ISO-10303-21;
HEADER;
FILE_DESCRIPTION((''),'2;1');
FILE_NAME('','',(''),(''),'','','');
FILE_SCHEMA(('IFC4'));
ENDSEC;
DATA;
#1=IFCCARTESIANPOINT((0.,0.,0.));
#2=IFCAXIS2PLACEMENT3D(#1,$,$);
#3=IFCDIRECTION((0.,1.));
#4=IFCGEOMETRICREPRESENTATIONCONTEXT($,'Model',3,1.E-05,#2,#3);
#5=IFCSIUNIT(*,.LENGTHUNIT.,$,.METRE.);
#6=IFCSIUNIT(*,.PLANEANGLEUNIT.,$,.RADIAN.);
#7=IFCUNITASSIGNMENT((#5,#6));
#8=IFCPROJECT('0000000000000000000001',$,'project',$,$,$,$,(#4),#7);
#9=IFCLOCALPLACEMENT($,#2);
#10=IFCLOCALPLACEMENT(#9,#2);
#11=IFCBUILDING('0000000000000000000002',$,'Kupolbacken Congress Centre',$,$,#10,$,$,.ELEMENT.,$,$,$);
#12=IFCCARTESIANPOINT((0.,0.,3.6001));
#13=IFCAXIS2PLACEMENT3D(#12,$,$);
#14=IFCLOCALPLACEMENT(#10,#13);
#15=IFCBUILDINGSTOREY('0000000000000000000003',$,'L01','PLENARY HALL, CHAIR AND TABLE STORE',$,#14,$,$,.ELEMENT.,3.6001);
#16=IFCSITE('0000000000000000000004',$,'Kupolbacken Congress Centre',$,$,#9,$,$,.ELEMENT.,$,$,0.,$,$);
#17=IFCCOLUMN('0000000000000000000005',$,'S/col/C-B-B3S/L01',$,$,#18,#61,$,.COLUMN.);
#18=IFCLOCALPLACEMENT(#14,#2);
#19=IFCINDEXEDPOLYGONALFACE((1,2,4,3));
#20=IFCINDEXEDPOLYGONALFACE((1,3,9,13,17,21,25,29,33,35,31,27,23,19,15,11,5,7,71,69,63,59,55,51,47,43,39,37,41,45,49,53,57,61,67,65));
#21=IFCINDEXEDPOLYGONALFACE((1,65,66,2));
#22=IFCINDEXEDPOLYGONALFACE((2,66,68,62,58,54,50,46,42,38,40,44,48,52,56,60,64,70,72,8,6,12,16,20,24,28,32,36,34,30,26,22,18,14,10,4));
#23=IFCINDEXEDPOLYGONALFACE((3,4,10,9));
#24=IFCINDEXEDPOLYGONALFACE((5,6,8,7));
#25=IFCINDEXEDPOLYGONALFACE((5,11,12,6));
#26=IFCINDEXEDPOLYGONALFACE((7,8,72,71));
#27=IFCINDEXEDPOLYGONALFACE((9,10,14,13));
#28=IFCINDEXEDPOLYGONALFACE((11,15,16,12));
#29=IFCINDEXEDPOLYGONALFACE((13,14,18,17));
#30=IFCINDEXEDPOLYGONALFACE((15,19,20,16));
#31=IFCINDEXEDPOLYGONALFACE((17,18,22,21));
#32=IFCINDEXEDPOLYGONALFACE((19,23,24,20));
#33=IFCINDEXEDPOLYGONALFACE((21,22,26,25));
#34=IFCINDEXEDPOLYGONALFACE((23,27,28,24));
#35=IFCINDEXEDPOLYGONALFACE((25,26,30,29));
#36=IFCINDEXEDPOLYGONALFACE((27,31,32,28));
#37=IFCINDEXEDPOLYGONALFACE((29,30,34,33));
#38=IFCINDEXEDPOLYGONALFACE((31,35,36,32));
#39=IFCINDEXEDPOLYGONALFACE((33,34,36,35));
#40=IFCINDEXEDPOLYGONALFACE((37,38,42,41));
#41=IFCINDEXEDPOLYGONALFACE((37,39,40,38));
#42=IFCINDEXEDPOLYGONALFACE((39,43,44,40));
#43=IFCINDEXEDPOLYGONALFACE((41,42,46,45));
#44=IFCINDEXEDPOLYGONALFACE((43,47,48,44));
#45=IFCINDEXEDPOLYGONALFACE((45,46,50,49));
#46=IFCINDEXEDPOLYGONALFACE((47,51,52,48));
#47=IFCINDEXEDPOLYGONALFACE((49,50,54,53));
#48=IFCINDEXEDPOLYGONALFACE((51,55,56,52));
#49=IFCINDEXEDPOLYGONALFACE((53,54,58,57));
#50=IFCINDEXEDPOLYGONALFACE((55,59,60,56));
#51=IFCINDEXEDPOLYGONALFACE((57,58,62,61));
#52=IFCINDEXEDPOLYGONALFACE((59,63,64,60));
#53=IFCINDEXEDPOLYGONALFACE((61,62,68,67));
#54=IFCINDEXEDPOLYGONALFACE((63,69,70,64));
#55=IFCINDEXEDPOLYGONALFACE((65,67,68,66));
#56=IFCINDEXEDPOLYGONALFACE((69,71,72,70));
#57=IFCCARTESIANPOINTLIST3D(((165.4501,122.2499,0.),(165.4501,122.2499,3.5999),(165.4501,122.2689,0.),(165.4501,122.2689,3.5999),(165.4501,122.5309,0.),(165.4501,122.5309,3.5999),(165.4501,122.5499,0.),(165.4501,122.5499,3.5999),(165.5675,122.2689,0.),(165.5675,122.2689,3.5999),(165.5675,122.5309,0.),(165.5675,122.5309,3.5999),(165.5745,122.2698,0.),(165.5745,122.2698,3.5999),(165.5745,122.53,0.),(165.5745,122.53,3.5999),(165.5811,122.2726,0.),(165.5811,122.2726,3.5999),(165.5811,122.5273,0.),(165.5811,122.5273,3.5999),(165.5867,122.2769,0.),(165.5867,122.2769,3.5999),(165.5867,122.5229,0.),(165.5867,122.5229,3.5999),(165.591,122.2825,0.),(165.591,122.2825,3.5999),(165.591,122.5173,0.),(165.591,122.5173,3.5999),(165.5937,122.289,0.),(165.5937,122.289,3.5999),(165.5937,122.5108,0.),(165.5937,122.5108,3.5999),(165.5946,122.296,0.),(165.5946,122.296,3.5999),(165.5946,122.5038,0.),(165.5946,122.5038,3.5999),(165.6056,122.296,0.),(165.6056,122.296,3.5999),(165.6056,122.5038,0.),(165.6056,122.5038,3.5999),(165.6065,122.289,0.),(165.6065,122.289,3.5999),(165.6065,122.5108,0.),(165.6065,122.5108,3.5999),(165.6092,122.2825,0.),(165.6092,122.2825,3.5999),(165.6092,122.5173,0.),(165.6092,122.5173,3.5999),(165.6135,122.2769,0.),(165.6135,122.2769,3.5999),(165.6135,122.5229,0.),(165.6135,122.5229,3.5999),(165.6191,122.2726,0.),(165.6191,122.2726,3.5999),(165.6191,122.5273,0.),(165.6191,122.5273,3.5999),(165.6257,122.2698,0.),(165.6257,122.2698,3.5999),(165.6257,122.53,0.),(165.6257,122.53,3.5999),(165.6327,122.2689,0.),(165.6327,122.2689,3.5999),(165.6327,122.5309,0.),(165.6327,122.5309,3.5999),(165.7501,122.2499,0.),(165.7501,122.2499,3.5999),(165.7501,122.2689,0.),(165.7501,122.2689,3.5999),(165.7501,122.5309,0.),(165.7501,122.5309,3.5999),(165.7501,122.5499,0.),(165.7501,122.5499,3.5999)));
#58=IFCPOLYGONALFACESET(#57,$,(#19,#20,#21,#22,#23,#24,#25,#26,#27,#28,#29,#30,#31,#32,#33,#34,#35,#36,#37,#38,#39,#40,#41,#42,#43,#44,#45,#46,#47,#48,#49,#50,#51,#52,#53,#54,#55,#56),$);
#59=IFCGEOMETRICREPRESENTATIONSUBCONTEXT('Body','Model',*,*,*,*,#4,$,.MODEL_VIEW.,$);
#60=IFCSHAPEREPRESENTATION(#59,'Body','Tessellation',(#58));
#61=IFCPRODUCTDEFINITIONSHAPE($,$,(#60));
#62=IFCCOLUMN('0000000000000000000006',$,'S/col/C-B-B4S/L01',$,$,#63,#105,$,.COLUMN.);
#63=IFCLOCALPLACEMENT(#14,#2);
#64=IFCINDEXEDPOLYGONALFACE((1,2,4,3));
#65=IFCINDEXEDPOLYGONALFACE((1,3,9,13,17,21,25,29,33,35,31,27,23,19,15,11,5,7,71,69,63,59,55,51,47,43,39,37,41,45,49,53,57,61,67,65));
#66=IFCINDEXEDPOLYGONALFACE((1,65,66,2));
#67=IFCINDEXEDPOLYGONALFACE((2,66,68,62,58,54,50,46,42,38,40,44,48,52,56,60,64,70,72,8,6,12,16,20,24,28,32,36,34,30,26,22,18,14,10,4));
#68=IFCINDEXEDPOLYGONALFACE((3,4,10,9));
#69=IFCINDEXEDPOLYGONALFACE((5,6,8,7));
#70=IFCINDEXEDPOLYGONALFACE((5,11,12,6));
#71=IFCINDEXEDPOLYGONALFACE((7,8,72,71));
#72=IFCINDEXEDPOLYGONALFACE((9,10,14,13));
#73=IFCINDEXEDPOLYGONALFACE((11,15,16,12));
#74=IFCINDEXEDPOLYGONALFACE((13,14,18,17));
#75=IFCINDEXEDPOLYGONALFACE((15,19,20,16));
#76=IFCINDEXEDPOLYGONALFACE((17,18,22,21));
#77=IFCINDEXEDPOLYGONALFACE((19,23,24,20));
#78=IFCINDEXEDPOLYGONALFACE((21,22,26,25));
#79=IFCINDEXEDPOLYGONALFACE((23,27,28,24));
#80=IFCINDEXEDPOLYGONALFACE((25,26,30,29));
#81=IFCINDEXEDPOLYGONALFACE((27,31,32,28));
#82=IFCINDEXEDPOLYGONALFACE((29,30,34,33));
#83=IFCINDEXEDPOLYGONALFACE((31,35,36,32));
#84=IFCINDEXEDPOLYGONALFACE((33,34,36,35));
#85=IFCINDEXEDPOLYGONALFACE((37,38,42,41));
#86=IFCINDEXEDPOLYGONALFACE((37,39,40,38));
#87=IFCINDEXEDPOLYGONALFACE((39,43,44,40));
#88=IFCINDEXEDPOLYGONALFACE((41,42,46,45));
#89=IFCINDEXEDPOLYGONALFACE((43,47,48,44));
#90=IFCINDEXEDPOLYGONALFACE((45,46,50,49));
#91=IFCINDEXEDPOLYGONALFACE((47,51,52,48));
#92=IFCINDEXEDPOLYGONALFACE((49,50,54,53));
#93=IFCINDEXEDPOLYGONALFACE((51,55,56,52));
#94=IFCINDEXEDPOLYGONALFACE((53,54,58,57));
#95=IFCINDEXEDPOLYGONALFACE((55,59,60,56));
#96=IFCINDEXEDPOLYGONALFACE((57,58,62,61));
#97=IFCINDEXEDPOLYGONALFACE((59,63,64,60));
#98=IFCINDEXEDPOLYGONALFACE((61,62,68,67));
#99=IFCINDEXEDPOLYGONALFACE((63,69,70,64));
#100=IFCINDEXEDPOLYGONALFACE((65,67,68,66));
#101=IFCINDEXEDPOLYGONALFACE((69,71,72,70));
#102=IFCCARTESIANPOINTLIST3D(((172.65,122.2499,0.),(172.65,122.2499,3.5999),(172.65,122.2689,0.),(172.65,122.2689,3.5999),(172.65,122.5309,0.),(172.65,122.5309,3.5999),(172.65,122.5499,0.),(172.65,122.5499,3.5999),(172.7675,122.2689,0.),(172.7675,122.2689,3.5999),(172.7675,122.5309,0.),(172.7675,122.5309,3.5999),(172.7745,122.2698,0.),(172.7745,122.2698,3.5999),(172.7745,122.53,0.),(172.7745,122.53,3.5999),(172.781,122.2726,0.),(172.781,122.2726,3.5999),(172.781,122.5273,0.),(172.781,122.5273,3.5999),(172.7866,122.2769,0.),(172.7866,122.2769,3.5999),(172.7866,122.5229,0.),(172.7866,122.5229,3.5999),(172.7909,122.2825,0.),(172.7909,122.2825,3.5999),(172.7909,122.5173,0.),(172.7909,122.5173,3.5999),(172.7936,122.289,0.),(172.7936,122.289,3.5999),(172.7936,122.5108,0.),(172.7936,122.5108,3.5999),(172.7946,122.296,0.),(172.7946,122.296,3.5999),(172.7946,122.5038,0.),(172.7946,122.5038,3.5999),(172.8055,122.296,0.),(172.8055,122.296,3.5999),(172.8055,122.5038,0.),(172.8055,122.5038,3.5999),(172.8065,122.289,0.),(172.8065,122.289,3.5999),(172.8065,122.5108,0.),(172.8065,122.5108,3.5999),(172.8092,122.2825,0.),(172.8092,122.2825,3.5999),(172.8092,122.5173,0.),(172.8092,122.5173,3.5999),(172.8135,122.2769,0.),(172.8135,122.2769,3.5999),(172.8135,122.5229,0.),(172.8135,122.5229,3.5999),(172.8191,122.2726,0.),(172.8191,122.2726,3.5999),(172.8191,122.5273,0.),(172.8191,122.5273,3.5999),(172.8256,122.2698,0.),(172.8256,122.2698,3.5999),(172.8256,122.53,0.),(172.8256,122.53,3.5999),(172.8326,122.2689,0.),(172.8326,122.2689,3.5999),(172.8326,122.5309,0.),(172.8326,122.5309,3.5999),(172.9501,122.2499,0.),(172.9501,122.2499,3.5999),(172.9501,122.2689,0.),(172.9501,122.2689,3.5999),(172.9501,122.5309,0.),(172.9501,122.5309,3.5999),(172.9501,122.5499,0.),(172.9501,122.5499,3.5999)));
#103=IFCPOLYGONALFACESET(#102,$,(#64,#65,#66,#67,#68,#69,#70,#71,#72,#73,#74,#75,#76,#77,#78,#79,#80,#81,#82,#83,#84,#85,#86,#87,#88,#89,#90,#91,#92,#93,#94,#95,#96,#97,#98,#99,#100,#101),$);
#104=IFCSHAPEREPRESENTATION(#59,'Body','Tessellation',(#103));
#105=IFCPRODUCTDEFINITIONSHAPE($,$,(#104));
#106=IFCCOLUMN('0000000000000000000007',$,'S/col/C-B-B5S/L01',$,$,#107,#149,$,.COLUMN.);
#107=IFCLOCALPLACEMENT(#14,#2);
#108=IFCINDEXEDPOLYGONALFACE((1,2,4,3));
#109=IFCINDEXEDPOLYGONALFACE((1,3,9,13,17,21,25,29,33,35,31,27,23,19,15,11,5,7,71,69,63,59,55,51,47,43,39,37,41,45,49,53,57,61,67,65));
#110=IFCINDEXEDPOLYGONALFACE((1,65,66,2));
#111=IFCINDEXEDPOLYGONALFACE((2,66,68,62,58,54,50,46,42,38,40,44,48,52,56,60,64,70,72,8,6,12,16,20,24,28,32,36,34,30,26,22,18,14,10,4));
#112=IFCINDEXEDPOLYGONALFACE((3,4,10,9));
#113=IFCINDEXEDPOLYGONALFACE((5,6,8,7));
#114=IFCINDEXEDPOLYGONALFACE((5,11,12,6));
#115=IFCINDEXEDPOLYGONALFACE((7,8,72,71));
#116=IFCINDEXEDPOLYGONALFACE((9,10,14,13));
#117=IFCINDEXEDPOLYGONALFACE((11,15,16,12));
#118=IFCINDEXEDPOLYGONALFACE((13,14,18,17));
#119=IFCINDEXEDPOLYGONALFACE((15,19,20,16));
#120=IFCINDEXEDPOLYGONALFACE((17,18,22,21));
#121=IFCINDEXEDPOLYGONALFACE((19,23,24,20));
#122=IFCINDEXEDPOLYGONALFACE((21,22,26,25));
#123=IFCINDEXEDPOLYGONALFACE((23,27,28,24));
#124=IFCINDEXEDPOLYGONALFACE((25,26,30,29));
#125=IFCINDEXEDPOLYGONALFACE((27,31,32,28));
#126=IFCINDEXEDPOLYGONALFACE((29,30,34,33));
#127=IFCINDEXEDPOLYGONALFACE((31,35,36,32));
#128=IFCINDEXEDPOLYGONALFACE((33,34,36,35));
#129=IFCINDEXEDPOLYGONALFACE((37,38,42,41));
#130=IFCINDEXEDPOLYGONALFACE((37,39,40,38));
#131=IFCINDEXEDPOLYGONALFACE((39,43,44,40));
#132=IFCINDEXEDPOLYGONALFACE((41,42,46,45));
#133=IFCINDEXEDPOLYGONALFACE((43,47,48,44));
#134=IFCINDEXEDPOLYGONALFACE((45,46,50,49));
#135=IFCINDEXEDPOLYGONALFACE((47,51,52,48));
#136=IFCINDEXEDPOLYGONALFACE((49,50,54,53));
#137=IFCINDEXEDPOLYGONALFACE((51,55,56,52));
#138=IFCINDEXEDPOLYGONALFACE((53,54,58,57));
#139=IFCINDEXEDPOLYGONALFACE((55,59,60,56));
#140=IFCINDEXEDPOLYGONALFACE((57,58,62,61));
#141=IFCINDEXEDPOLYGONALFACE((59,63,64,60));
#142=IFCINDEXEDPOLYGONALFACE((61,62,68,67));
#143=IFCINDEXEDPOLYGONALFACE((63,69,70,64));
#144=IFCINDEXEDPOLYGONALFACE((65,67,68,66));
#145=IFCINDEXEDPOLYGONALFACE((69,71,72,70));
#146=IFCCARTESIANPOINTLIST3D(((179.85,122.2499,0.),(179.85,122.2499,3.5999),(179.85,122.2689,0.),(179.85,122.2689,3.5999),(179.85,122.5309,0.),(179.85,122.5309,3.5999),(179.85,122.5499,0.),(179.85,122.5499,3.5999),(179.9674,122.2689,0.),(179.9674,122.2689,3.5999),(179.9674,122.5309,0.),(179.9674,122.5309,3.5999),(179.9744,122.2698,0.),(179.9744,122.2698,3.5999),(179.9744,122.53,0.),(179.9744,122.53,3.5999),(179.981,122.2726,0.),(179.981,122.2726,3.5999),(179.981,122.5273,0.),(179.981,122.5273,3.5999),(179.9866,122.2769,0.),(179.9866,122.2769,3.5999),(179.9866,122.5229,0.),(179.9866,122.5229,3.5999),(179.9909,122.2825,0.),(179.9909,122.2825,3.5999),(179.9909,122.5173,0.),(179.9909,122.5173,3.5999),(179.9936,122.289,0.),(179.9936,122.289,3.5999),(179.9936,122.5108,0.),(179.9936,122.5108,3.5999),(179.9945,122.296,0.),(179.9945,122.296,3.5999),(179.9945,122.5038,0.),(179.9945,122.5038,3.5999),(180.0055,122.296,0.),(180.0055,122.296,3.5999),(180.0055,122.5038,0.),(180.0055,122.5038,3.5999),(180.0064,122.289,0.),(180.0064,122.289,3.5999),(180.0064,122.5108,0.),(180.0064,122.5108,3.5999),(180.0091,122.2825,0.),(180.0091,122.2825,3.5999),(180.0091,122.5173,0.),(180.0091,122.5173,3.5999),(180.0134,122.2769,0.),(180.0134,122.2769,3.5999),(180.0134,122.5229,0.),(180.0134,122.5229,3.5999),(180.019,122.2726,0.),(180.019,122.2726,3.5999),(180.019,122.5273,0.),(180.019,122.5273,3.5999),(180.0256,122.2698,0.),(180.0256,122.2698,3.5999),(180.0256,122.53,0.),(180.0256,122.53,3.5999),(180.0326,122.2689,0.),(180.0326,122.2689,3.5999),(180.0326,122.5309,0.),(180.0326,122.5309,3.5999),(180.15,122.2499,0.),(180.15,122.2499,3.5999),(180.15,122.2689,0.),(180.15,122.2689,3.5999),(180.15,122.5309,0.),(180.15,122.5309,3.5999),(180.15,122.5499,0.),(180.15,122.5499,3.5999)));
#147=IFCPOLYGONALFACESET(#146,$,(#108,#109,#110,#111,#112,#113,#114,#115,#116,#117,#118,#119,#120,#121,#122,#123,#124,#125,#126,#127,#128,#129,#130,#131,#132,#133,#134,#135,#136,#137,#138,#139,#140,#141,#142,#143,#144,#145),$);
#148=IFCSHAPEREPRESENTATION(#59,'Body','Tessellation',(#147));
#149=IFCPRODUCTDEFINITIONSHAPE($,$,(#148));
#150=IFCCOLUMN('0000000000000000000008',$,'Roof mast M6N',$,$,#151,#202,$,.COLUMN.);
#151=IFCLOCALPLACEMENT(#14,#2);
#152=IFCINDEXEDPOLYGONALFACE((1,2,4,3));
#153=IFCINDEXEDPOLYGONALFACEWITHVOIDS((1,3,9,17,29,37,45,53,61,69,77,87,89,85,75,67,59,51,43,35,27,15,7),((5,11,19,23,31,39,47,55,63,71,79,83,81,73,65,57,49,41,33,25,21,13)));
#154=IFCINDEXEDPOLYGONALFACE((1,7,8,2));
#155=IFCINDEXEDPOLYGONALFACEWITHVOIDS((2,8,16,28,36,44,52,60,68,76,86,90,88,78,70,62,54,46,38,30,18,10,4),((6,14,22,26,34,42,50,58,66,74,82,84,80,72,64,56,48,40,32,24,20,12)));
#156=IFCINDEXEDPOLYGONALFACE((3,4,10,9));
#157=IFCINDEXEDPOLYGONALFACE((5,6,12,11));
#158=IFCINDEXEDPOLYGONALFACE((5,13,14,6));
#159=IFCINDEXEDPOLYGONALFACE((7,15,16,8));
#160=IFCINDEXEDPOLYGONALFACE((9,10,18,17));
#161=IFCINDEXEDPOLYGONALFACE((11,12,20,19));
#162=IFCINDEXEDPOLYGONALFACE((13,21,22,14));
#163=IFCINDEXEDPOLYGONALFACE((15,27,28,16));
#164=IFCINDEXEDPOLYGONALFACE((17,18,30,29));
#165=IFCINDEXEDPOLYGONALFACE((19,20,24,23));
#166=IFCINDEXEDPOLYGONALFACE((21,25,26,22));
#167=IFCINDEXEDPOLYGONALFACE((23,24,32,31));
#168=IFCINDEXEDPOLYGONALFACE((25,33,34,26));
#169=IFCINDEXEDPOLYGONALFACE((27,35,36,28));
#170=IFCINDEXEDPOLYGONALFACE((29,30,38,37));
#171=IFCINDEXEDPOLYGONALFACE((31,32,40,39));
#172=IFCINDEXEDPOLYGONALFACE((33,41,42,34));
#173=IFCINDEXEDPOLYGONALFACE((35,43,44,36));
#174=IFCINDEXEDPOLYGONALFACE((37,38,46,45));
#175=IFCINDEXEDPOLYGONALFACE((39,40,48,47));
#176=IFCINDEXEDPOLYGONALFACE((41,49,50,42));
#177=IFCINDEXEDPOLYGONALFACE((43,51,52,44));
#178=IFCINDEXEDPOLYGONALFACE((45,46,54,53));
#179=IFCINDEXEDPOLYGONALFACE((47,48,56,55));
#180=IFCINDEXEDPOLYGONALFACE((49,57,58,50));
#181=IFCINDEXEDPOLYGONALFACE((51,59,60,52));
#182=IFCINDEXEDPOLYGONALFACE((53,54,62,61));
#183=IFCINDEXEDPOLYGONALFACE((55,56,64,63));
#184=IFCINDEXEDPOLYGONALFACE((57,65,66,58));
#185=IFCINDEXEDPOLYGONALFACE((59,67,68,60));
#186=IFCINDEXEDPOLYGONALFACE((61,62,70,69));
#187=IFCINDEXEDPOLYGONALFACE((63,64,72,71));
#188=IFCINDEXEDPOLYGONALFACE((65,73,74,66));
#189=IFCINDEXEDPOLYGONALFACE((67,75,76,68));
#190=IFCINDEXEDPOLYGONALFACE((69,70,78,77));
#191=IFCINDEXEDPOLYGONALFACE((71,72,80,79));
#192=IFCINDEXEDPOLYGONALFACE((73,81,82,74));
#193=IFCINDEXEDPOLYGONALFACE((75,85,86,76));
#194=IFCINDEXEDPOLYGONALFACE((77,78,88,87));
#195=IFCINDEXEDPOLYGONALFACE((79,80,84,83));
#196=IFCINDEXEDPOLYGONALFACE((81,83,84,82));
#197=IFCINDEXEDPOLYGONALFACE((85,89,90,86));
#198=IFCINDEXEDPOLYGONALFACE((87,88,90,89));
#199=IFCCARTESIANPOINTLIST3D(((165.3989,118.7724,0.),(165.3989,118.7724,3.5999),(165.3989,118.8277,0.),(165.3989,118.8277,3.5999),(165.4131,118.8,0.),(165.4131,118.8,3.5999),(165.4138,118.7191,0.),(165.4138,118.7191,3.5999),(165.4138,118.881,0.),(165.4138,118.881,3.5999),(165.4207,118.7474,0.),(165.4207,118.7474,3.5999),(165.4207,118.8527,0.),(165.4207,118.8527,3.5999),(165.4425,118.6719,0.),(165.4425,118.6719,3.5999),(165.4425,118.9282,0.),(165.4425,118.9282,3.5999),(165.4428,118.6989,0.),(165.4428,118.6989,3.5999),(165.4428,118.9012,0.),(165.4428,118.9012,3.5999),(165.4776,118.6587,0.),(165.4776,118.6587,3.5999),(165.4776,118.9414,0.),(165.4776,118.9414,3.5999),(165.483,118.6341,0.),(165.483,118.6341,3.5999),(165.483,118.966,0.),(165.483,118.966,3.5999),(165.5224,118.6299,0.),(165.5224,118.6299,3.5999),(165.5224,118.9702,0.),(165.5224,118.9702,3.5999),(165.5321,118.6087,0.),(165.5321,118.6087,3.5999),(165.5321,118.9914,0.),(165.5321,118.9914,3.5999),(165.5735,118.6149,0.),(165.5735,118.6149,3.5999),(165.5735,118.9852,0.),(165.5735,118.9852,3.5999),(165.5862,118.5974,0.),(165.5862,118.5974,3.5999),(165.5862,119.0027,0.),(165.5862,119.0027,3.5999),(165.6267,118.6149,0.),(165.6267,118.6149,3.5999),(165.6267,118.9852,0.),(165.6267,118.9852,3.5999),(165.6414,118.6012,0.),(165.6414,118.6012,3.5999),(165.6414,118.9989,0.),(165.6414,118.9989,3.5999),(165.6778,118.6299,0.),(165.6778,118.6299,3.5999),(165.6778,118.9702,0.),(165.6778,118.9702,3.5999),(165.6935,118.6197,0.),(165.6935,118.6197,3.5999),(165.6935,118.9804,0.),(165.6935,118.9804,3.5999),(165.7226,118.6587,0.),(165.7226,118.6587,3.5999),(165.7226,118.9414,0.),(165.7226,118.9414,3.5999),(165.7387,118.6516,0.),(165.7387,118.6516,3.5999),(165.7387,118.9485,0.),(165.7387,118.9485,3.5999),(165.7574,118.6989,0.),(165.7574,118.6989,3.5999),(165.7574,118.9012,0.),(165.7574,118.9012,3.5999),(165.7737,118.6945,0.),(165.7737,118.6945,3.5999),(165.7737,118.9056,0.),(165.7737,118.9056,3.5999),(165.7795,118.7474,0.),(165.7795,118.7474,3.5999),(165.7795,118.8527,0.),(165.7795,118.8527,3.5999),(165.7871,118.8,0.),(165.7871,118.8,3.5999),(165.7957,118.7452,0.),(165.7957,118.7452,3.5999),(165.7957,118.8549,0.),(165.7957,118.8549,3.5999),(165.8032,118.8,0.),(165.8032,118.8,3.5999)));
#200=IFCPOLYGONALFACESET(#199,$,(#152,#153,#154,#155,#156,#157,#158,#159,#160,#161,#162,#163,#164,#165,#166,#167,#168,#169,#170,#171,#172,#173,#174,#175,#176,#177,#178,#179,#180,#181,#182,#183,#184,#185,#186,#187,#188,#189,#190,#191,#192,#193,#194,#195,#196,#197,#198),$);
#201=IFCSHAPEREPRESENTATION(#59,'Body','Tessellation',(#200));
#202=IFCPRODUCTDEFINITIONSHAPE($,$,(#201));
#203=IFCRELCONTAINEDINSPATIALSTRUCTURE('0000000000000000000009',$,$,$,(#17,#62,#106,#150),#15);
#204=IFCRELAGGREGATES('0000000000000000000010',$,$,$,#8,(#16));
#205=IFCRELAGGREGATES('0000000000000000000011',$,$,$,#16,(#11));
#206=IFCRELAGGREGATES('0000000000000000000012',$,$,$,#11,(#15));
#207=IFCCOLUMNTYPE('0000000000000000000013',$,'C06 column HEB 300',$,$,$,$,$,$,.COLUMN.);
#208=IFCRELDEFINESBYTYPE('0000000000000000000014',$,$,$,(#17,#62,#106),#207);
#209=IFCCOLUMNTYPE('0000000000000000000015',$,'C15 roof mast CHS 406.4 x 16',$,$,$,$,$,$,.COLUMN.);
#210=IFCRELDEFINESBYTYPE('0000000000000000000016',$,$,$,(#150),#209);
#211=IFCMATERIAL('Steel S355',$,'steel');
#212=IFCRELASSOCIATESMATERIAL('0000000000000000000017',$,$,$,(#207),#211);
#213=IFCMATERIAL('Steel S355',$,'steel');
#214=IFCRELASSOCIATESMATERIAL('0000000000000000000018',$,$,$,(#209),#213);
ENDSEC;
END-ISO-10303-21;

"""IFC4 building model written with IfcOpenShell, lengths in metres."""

from ifc_helpers import new_model, si_unit, direction, frame, origin, origin_2d, place, context, subcontext, project, spatial, hollow_circle, i_section, extrude, material, material_profile, profile_set, type_object, element, save


model = new_model("IFC4")

# Units and contexts
model_context = context("Model", 3, precision=1e-05, world=origin(), true_north=direction((0.0, 1.0)))
body_context = subcontext(model_context, "Body", "Model", "MODEL_VIEW")
ifc_project = project(units=[si_unit("LENGTHUNIT", "METRE"), si_unit("PLANEANGLEUNIT", "RADIAN")], contexts=[model_context])

# Site, building, storey
site_placement = place(None, origin())
site = spatial("IfcSite", under=ifc_project, at=site_placement, Name="Kupolbacken Congress Centre", CompositionType="ELEMENT", RefElevation=0.0)
building_placement = place(site_placement, origin())
building = spatial("IfcBuilding", under=site, at=building_placement, Name="Kupolbacken Congress Centre", CompositionType="ELEMENT")
storey_placement = place(building_placement, frame((0.0, 0.0, 3.6001)))
storey = spatial("IfcBuildingStorey", under=building, at=storey_placement, Name="L01", Description="PLENARY HALL, CHAIR AND TABLE STORE", CompositionType="ELEMENT", Elevation=3.6001)

# Columns
ifc_material_1 = material(Name="Steel S355", Category="steel")
ifc_material_profile_1 = material_profile(ifc_material_1, i_section(OverallWidth=0.3, OverallDepth=0.3, WebThickness=0.011, FlangeThickness=0.019, FilletRadius=0.0271, at=origin_2d()), Name="HEB 300")
ifc_profile_set_1 = profile_set([ifc_material_profile_1], Name="Steel S355")
column_type_1 = type_object("IfcColumnType", Name="C06 column HEB 300", PredefinedType="COLUMN", material=ifc_profile_set_1)
for number, where, z_axis, x_axis, name in (
    (1, (165.6001, 122.3999, 0.0), (0.0, 0.0, 1.0), (1.0, 0.0, 0.0), "S/col/C-B-B3S/L01"),
    (2, (172.8, 122.3999, 0.0), (0.0, 0.0, 1.0), (1.0, 0.0, 0.0), "S/col/C-B-B4S/L01"),
    (3, (180.0, 122.3999, 0.0), (0.0, 0.0, 1.0), (1.0, 0.0, 0.0), "S/col/C-B-B5S/L01"),
):
    element("IfcColumn", number, at=place(storey_placement, frame(where, z_axis=z_axis, x_axis=x_axis)), inside=storey, type_object=column_type_1, Name=name, PredefinedType="COLUMN", context=body_context, shape_type="SweptSolid", body=[
        extrude(i_section(OverallWidth=0.3, OverallDepth=0.3, WebThickness=0.011, FlangeThickness=0.019, FilletRadius=0.0271, at=origin_2d()), origin(), (0.0, 0.0, 1.0), 3.5999),
    ])
ifc_material_2 = material(Name="Steel S355", Category="steel")
ifc_material_profile_2 = material_profile(ifc_material_2, hollow_circle(Radius=0.2031, WallThickness=0.0161, at=origin_2d()), Name="CHS 406.4 x 16")
ifc_profile_set_2 = profile_set([ifc_material_profile_2], Name="Steel S355")
column_type_2 = type_object("IfcColumnType", Name="C15 roof mast CHS 406.4 x 16", PredefinedType="COLUMN", material=ifc_profile_set_2)
for number, where, z_axis, x_axis, name in (
    (4, (165.6001, 118.8, 0.0), (0.0, 0.0, 1.0), (1.0, 0.0, 0.0), "Roof mast M6N"),
):
    element("IfcColumn", number, at=place(storey_placement, frame(where, z_axis=z_axis, x_axis=x_axis)), inside=storey, type_object=column_type_2, Name=name, PredefinedType="COLUMN", context=body_context, shape_type="SweptSolid", body=[
        extrude(hollow_circle(Radius=0.2031, WallThickness=0.0161, at=origin_2d()), origin(), (0.0, 0.0, 1.0), 3.5999),
    ])

save(model, "model.ifc")
